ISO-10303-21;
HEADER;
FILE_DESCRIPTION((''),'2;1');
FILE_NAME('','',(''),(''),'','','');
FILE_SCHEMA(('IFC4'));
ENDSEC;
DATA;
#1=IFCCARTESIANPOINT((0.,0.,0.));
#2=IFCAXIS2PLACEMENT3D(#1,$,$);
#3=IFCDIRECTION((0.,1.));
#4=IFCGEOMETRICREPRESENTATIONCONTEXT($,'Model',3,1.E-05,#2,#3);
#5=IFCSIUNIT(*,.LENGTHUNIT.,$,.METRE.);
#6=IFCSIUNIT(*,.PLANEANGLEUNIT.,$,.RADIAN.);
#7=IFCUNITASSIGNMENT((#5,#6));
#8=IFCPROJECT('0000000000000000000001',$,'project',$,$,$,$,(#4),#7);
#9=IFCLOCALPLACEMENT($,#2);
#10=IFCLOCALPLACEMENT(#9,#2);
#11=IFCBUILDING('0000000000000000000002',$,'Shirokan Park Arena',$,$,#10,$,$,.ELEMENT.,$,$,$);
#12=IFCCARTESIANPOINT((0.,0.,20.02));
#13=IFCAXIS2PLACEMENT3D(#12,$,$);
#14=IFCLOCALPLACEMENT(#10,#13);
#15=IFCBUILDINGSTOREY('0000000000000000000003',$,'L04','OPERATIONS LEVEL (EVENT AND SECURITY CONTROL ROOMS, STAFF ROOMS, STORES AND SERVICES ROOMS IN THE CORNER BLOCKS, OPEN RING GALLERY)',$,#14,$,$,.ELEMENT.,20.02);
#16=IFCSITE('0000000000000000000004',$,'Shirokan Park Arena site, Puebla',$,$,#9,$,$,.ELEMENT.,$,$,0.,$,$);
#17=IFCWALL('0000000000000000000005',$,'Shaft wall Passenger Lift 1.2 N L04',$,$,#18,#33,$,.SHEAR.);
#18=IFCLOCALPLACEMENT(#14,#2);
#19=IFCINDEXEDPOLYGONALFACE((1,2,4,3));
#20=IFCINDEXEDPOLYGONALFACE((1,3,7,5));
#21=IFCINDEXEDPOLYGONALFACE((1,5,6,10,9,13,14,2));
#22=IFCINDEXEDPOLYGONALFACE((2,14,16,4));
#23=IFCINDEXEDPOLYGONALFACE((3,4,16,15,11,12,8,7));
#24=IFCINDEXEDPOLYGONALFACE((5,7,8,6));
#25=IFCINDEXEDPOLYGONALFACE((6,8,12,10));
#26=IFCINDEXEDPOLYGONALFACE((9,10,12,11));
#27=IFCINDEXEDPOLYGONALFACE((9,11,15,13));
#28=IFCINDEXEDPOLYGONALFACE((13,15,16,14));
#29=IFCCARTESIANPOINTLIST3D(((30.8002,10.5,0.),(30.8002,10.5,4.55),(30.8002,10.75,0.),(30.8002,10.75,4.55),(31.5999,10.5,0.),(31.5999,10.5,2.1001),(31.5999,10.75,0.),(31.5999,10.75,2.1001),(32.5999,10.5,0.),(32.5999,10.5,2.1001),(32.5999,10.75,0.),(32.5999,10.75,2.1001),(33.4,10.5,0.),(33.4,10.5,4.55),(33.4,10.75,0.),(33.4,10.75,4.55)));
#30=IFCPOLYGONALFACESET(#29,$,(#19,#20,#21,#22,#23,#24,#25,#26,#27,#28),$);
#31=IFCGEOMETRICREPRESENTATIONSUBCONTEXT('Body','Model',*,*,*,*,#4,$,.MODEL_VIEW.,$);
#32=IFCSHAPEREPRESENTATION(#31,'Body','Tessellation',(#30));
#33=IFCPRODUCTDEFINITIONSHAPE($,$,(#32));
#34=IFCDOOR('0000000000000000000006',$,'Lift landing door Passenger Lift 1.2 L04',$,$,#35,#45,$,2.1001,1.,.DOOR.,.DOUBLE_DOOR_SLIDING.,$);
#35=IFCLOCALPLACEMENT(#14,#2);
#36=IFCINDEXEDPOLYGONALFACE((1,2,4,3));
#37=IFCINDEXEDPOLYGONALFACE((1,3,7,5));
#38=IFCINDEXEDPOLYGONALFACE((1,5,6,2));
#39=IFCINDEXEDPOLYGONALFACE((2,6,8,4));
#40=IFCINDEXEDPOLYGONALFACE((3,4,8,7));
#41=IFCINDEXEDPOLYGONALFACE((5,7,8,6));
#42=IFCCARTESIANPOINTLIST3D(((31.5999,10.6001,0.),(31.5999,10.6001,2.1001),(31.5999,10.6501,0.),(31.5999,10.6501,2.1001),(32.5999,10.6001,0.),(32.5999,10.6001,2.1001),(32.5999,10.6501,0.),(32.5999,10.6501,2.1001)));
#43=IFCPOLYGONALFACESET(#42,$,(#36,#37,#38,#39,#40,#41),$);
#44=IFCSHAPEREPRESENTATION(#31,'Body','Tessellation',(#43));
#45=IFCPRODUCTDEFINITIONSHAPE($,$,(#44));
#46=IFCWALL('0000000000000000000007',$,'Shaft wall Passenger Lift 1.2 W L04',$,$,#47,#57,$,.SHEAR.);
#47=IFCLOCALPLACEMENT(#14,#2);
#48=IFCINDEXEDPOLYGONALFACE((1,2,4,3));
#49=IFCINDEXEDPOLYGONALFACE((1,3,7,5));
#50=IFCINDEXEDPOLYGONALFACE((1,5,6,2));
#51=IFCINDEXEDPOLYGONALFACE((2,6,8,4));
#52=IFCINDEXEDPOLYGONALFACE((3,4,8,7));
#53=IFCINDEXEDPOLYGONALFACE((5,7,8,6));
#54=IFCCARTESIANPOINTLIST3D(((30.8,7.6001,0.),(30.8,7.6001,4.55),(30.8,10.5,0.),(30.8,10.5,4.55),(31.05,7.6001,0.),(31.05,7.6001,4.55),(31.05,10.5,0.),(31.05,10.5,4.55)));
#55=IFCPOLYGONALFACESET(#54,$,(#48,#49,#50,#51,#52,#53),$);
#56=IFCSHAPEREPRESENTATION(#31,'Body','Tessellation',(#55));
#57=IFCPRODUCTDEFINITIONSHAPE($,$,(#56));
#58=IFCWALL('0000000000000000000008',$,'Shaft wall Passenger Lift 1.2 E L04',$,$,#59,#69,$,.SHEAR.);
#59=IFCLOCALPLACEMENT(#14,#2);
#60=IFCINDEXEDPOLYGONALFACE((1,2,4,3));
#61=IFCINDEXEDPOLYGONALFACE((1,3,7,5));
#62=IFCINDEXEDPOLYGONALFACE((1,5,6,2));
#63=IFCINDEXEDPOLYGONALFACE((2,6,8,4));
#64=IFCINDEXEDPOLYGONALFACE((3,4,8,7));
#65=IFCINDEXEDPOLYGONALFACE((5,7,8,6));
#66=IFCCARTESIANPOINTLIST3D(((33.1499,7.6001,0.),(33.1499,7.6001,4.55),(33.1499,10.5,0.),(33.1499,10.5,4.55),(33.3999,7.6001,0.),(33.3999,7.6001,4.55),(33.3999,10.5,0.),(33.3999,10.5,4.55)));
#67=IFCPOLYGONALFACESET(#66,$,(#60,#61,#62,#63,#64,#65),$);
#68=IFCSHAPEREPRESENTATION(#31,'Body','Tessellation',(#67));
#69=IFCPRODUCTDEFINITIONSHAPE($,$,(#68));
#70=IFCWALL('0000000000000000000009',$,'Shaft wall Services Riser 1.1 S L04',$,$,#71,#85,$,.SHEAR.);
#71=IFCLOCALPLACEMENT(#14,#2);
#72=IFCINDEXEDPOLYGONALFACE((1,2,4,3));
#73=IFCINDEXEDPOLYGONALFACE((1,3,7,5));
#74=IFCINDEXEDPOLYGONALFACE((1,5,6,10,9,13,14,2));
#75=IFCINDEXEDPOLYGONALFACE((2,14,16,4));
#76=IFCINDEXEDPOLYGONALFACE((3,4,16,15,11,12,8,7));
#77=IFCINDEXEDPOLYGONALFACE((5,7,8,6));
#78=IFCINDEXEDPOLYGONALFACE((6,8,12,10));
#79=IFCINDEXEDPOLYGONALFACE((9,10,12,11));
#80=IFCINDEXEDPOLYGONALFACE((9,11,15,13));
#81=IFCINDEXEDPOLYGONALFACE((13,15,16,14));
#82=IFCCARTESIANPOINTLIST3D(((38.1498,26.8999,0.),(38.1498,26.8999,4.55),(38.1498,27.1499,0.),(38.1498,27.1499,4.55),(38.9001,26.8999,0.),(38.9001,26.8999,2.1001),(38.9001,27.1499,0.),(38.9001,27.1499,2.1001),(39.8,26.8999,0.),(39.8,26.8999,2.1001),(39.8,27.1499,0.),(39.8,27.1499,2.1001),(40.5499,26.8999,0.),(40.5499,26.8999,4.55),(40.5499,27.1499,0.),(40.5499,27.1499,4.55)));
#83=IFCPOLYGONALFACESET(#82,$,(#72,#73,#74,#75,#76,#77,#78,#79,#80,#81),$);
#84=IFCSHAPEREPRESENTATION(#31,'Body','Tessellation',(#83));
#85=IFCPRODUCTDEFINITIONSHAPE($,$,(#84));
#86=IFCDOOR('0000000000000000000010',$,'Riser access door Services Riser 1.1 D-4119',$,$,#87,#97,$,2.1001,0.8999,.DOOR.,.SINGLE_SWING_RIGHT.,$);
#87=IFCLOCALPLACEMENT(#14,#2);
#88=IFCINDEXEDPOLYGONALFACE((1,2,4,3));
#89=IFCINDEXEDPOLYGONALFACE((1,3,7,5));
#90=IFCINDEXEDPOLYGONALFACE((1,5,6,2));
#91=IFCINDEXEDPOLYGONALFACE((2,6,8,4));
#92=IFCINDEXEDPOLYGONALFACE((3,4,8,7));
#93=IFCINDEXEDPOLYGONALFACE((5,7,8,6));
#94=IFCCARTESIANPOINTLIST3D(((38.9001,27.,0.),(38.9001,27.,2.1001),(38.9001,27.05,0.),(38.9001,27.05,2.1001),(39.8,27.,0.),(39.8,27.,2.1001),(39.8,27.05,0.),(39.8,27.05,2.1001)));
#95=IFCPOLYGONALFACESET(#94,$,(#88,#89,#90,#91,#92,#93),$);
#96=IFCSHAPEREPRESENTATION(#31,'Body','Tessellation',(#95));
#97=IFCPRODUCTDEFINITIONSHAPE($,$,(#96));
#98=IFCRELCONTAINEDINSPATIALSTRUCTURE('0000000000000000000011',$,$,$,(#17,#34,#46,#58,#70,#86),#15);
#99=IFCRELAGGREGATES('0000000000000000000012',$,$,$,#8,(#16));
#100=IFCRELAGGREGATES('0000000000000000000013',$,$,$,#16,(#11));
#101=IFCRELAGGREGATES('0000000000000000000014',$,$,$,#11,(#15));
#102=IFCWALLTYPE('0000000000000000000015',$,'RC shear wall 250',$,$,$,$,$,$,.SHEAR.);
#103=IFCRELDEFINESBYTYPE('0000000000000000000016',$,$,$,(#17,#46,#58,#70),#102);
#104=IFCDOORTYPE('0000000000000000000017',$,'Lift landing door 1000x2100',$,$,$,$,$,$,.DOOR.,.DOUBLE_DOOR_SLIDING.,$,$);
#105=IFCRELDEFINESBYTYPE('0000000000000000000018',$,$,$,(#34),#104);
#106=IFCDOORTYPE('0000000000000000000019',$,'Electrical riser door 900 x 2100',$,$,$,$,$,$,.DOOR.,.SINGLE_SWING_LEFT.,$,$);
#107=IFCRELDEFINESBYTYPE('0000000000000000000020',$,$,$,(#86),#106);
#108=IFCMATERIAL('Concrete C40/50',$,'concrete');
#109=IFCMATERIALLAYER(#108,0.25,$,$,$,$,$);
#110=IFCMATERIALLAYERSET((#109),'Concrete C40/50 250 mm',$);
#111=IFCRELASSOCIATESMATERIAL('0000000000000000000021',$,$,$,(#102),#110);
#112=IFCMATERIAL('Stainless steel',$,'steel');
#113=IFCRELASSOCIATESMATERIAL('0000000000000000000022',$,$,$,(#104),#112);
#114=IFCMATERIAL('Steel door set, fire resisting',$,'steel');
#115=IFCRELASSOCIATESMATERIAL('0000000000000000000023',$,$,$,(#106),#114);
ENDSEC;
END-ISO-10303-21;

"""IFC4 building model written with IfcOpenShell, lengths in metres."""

from ifc_helpers import new_model, si_unit, direction, frame, frame_2d, origin, place, context, subcontext, project, spatial, rectangle, extrude, material, layer, layer_set, type_object, element, fill, save


model = new_model("IFC4")

# Units and contexts
model_context = context("Model", 3, precision=1e-05, world=origin(), true_north=direction((0.0, 1.0)))
body_context = subcontext(model_context, "Body", "Model", "MODEL_VIEW")
ifc_project = project(units=[si_unit("LENGTHUNIT", "METRE"), si_unit("PLANEANGLEUNIT", "RADIAN")], contexts=[model_context])

# Site, building, storey
site_placement = place(None, origin())
site = spatial("IfcSite", under=ifc_project, at=site_placement, Name="Shirokan Park Arena site, Puebla", CompositionType="ELEMENT", RefElevation=0.0)
building_placement = place(site_placement, origin())
building = spatial("IfcBuilding", under=site, at=building_placement, Name="Shirokan Park Arena", CompositionType="ELEMENT")
storey_placement = place(building_placement, frame((0.0, 0.0, 20.02)))
storey = spatial("IfcBuildingStorey", under=building, at=storey_placement, Name="L04", Description="OPERATIONS LEVEL (EVENT AND SECURITY CONTROL ROOMS, STAFF ROOMS, STORES AND SERVICES ROOMS IN THE CORNER BLOCKS, OPEN RING GALLERY)", CompositionType="ELEMENT", Elevation=20.02)

# Wall, opening, door
ifc_material_1 = material(Name="Concrete C40/50", Category="concrete")
ifc_layer_1 = layer(ifc_material_1, 0.25)
ifc_layer_set_1 = layer_set([ifc_layer_1], Name="Concrete C40/50 250 mm")
wall_type_1 = type_object("IfcWallType", Name="RC shear wall 250", PredefinedType="SHEAR", material=ifc_layer_set_1)
wall_1_placement = place(storey_placement, frame((33.3999, 10.625, 0.0), z_axis=(0.0, 0.0, 1.0), x_axis=(-1.0, 0.0, 0.0)))
wall_1 = element("IfcWall", 1, at=wall_1_placement, inside=storey, type_object=wall_type_1, Name="Shaft wall Passenger Lift 1.2 N L04", PredefinedType="SHEAR", context=body_context, shape_type="SweptSolid", body=[
    extrude(rectangle(XDim=2.5999, YDim=0.25, at=frame_2d((1.2998, 0.0))), origin(), (0.0, 0.0, 1.0), 4.55),
])
opening_1_placement = place(wall_1_placement, frame((0.8, 0.0, 0.0)))
opening_1 = element("IfcOpeningElement", 2, at=opening_1_placement, cuts=wall_1, PredefinedType="OPENING", context=body_context, shape_type="SweptSolid", body=[
    extrude(rectangle(XDim=1.0, YDim=2.1001, at=frame_2d((0.5, 1.05))), frame((0.0, 0.135, 0.0), z_axis=(0.0, -1.0, 0.0), x_axis=(1.0, 0.0, 0.0)), (0.0, 0.0, 1.0), 0.27),
])
ifc_material_2 = material(Name="Stainless steel", Category="steel")
door_type_1 = type_object("IfcDoorType", Name="Lift landing door 1000x2100", OperationType="DOUBLE_DOOR_SLIDING", PredefinedType="DOOR", material=ifc_material_2)
door_1_placement = place(opening_1_placement, origin())
door_1 = element("IfcDoor", 3, at=door_1_placement, inside=storey, type_object=door_type_1, Name="Lift landing door Passenger Lift 1.2 L04", OperationType="DOUBLE_DOOR_SLIDING", OverallHeight=2.1001, OverallWidth=1.0, PredefinedType="DOOR", context=body_context, shape_type="SweptSolid", body=[
    extrude(rectangle(XDim=1.0, YDim=2.1001, at=frame_2d((0.5, 1.05))), frame((0.0, 0.0249, 0.0), z_axis=(0.0, -1.0, 0.0), x_axis=(1.0, 0.0, 0.0)), (0.0, 0.0, 1.0), 0.05),
])
fill(opening_1, door_1)

# Walls
for number, where, z_axis, x_axis, name in (
    (4, (30.925, 10.5, 0.0), (0.0, 0.0, 1.0), (0.0, -1.0, 0.0), "Shaft wall Passenger Lift 1.2 W L04"),
    (5, (33.2749, 10.5, 0.0), (0.0, 0.0, 1.0), (0.0, -1.0, 0.0), "Shaft wall Passenger Lift 1.2 E L04"),
):
    element("IfcWall", number, at=place(storey_placement, frame(where, z_axis=z_axis, x_axis=x_axis)), inside=storey, type_object=wall_type_1, Name=name, PredefinedType="SHEAR", context=body_context, shape_type="SweptSolid", body=[
        extrude(rectangle(XDim=2.8999, YDim=0.25, at=frame_2d((1.45, 0.0))), origin(), (0.0, 0.0, 1.0), 4.55),
    ])

# Wall, opening, door
wall_2_placement = place(storey_placement, frame((40.55, 27.0249, 0.0), z_axis=(0.0, 0.0, 1.0), x_axis=(-1.0, 0.0, 0.0)))
wall_2 = element("IfcWall", 6, at=wall_2_placement, inside=storey, type_object=wall_type_1, Name="Shaft wall Services Riser 1.1 S L04", PredefinedType="SHEAR", context=body_context, shape_type="SweptSolid", body=[
    extrude(rectangle(XDim=2.4001, YDim=0.25, at=frame_2d((1.2002, 0.0))), origin(), (0.0, 0.0, 1.0), 4.55),
])
opening_2_placement = place(wall_2_placement, frame((0.75, 0.0, 0.0)))
opening_2 = element("IfcOpeningElement", 7, at=opening_2_placement, cuts=wall_2, PredefinedType="OPENING", context=body_context, shape_type="SweptSolid", body=[
    extrude(rectangle(XDim=0.8999, YDim=2.1001, at=frame_2d((0.45, 1.05))), frame((0.0, 0.135, 0.0), z_axis=(0.0, -1.0, 0.0), x_axis=(1.0, 0.0, 0.0)), (0.0, 0.0, 1.0), 0.27),
])
ifc_material_3 = material(Name="Steel door set, fire resisting", Category="steel")
door_type_2 = type_object("IfcDoorType", Name="Electrical riser door 900 x 2100", OperationType="SINGLE_SWING_LEFT", PredefinedType="DOOR", material=ifc_material_3)
door_2_placement = place(opening_2_placement, origin())
door_2 = element("IfcDoor", 8, at=door_2_placement, inside=storey, type_object=door_type_2, Name="Riser access door Services Riser 1.1 D-4119", OperationType="SINGLE_SWING_RIGHT", OverallHeight=2.1001, OverallWidth=0.8999, PredefinedType="DOOR", context=body_context, shape_type="SweptSolid", body=[
    extrude(rectangle(XDim=0.8999, YDim=2.1001, at=frame_2d((0.45, 1.05))), frame((0.0, 0.0249, 0.0), z_axis=(0.0, -1.0, 0.0), x_axis=(1.0, 0.0, 0.0)), (0.0, 0.0, 1.0), 0.05),
])
fill(opening_2, door_2)

save(model, "model.ifc")
